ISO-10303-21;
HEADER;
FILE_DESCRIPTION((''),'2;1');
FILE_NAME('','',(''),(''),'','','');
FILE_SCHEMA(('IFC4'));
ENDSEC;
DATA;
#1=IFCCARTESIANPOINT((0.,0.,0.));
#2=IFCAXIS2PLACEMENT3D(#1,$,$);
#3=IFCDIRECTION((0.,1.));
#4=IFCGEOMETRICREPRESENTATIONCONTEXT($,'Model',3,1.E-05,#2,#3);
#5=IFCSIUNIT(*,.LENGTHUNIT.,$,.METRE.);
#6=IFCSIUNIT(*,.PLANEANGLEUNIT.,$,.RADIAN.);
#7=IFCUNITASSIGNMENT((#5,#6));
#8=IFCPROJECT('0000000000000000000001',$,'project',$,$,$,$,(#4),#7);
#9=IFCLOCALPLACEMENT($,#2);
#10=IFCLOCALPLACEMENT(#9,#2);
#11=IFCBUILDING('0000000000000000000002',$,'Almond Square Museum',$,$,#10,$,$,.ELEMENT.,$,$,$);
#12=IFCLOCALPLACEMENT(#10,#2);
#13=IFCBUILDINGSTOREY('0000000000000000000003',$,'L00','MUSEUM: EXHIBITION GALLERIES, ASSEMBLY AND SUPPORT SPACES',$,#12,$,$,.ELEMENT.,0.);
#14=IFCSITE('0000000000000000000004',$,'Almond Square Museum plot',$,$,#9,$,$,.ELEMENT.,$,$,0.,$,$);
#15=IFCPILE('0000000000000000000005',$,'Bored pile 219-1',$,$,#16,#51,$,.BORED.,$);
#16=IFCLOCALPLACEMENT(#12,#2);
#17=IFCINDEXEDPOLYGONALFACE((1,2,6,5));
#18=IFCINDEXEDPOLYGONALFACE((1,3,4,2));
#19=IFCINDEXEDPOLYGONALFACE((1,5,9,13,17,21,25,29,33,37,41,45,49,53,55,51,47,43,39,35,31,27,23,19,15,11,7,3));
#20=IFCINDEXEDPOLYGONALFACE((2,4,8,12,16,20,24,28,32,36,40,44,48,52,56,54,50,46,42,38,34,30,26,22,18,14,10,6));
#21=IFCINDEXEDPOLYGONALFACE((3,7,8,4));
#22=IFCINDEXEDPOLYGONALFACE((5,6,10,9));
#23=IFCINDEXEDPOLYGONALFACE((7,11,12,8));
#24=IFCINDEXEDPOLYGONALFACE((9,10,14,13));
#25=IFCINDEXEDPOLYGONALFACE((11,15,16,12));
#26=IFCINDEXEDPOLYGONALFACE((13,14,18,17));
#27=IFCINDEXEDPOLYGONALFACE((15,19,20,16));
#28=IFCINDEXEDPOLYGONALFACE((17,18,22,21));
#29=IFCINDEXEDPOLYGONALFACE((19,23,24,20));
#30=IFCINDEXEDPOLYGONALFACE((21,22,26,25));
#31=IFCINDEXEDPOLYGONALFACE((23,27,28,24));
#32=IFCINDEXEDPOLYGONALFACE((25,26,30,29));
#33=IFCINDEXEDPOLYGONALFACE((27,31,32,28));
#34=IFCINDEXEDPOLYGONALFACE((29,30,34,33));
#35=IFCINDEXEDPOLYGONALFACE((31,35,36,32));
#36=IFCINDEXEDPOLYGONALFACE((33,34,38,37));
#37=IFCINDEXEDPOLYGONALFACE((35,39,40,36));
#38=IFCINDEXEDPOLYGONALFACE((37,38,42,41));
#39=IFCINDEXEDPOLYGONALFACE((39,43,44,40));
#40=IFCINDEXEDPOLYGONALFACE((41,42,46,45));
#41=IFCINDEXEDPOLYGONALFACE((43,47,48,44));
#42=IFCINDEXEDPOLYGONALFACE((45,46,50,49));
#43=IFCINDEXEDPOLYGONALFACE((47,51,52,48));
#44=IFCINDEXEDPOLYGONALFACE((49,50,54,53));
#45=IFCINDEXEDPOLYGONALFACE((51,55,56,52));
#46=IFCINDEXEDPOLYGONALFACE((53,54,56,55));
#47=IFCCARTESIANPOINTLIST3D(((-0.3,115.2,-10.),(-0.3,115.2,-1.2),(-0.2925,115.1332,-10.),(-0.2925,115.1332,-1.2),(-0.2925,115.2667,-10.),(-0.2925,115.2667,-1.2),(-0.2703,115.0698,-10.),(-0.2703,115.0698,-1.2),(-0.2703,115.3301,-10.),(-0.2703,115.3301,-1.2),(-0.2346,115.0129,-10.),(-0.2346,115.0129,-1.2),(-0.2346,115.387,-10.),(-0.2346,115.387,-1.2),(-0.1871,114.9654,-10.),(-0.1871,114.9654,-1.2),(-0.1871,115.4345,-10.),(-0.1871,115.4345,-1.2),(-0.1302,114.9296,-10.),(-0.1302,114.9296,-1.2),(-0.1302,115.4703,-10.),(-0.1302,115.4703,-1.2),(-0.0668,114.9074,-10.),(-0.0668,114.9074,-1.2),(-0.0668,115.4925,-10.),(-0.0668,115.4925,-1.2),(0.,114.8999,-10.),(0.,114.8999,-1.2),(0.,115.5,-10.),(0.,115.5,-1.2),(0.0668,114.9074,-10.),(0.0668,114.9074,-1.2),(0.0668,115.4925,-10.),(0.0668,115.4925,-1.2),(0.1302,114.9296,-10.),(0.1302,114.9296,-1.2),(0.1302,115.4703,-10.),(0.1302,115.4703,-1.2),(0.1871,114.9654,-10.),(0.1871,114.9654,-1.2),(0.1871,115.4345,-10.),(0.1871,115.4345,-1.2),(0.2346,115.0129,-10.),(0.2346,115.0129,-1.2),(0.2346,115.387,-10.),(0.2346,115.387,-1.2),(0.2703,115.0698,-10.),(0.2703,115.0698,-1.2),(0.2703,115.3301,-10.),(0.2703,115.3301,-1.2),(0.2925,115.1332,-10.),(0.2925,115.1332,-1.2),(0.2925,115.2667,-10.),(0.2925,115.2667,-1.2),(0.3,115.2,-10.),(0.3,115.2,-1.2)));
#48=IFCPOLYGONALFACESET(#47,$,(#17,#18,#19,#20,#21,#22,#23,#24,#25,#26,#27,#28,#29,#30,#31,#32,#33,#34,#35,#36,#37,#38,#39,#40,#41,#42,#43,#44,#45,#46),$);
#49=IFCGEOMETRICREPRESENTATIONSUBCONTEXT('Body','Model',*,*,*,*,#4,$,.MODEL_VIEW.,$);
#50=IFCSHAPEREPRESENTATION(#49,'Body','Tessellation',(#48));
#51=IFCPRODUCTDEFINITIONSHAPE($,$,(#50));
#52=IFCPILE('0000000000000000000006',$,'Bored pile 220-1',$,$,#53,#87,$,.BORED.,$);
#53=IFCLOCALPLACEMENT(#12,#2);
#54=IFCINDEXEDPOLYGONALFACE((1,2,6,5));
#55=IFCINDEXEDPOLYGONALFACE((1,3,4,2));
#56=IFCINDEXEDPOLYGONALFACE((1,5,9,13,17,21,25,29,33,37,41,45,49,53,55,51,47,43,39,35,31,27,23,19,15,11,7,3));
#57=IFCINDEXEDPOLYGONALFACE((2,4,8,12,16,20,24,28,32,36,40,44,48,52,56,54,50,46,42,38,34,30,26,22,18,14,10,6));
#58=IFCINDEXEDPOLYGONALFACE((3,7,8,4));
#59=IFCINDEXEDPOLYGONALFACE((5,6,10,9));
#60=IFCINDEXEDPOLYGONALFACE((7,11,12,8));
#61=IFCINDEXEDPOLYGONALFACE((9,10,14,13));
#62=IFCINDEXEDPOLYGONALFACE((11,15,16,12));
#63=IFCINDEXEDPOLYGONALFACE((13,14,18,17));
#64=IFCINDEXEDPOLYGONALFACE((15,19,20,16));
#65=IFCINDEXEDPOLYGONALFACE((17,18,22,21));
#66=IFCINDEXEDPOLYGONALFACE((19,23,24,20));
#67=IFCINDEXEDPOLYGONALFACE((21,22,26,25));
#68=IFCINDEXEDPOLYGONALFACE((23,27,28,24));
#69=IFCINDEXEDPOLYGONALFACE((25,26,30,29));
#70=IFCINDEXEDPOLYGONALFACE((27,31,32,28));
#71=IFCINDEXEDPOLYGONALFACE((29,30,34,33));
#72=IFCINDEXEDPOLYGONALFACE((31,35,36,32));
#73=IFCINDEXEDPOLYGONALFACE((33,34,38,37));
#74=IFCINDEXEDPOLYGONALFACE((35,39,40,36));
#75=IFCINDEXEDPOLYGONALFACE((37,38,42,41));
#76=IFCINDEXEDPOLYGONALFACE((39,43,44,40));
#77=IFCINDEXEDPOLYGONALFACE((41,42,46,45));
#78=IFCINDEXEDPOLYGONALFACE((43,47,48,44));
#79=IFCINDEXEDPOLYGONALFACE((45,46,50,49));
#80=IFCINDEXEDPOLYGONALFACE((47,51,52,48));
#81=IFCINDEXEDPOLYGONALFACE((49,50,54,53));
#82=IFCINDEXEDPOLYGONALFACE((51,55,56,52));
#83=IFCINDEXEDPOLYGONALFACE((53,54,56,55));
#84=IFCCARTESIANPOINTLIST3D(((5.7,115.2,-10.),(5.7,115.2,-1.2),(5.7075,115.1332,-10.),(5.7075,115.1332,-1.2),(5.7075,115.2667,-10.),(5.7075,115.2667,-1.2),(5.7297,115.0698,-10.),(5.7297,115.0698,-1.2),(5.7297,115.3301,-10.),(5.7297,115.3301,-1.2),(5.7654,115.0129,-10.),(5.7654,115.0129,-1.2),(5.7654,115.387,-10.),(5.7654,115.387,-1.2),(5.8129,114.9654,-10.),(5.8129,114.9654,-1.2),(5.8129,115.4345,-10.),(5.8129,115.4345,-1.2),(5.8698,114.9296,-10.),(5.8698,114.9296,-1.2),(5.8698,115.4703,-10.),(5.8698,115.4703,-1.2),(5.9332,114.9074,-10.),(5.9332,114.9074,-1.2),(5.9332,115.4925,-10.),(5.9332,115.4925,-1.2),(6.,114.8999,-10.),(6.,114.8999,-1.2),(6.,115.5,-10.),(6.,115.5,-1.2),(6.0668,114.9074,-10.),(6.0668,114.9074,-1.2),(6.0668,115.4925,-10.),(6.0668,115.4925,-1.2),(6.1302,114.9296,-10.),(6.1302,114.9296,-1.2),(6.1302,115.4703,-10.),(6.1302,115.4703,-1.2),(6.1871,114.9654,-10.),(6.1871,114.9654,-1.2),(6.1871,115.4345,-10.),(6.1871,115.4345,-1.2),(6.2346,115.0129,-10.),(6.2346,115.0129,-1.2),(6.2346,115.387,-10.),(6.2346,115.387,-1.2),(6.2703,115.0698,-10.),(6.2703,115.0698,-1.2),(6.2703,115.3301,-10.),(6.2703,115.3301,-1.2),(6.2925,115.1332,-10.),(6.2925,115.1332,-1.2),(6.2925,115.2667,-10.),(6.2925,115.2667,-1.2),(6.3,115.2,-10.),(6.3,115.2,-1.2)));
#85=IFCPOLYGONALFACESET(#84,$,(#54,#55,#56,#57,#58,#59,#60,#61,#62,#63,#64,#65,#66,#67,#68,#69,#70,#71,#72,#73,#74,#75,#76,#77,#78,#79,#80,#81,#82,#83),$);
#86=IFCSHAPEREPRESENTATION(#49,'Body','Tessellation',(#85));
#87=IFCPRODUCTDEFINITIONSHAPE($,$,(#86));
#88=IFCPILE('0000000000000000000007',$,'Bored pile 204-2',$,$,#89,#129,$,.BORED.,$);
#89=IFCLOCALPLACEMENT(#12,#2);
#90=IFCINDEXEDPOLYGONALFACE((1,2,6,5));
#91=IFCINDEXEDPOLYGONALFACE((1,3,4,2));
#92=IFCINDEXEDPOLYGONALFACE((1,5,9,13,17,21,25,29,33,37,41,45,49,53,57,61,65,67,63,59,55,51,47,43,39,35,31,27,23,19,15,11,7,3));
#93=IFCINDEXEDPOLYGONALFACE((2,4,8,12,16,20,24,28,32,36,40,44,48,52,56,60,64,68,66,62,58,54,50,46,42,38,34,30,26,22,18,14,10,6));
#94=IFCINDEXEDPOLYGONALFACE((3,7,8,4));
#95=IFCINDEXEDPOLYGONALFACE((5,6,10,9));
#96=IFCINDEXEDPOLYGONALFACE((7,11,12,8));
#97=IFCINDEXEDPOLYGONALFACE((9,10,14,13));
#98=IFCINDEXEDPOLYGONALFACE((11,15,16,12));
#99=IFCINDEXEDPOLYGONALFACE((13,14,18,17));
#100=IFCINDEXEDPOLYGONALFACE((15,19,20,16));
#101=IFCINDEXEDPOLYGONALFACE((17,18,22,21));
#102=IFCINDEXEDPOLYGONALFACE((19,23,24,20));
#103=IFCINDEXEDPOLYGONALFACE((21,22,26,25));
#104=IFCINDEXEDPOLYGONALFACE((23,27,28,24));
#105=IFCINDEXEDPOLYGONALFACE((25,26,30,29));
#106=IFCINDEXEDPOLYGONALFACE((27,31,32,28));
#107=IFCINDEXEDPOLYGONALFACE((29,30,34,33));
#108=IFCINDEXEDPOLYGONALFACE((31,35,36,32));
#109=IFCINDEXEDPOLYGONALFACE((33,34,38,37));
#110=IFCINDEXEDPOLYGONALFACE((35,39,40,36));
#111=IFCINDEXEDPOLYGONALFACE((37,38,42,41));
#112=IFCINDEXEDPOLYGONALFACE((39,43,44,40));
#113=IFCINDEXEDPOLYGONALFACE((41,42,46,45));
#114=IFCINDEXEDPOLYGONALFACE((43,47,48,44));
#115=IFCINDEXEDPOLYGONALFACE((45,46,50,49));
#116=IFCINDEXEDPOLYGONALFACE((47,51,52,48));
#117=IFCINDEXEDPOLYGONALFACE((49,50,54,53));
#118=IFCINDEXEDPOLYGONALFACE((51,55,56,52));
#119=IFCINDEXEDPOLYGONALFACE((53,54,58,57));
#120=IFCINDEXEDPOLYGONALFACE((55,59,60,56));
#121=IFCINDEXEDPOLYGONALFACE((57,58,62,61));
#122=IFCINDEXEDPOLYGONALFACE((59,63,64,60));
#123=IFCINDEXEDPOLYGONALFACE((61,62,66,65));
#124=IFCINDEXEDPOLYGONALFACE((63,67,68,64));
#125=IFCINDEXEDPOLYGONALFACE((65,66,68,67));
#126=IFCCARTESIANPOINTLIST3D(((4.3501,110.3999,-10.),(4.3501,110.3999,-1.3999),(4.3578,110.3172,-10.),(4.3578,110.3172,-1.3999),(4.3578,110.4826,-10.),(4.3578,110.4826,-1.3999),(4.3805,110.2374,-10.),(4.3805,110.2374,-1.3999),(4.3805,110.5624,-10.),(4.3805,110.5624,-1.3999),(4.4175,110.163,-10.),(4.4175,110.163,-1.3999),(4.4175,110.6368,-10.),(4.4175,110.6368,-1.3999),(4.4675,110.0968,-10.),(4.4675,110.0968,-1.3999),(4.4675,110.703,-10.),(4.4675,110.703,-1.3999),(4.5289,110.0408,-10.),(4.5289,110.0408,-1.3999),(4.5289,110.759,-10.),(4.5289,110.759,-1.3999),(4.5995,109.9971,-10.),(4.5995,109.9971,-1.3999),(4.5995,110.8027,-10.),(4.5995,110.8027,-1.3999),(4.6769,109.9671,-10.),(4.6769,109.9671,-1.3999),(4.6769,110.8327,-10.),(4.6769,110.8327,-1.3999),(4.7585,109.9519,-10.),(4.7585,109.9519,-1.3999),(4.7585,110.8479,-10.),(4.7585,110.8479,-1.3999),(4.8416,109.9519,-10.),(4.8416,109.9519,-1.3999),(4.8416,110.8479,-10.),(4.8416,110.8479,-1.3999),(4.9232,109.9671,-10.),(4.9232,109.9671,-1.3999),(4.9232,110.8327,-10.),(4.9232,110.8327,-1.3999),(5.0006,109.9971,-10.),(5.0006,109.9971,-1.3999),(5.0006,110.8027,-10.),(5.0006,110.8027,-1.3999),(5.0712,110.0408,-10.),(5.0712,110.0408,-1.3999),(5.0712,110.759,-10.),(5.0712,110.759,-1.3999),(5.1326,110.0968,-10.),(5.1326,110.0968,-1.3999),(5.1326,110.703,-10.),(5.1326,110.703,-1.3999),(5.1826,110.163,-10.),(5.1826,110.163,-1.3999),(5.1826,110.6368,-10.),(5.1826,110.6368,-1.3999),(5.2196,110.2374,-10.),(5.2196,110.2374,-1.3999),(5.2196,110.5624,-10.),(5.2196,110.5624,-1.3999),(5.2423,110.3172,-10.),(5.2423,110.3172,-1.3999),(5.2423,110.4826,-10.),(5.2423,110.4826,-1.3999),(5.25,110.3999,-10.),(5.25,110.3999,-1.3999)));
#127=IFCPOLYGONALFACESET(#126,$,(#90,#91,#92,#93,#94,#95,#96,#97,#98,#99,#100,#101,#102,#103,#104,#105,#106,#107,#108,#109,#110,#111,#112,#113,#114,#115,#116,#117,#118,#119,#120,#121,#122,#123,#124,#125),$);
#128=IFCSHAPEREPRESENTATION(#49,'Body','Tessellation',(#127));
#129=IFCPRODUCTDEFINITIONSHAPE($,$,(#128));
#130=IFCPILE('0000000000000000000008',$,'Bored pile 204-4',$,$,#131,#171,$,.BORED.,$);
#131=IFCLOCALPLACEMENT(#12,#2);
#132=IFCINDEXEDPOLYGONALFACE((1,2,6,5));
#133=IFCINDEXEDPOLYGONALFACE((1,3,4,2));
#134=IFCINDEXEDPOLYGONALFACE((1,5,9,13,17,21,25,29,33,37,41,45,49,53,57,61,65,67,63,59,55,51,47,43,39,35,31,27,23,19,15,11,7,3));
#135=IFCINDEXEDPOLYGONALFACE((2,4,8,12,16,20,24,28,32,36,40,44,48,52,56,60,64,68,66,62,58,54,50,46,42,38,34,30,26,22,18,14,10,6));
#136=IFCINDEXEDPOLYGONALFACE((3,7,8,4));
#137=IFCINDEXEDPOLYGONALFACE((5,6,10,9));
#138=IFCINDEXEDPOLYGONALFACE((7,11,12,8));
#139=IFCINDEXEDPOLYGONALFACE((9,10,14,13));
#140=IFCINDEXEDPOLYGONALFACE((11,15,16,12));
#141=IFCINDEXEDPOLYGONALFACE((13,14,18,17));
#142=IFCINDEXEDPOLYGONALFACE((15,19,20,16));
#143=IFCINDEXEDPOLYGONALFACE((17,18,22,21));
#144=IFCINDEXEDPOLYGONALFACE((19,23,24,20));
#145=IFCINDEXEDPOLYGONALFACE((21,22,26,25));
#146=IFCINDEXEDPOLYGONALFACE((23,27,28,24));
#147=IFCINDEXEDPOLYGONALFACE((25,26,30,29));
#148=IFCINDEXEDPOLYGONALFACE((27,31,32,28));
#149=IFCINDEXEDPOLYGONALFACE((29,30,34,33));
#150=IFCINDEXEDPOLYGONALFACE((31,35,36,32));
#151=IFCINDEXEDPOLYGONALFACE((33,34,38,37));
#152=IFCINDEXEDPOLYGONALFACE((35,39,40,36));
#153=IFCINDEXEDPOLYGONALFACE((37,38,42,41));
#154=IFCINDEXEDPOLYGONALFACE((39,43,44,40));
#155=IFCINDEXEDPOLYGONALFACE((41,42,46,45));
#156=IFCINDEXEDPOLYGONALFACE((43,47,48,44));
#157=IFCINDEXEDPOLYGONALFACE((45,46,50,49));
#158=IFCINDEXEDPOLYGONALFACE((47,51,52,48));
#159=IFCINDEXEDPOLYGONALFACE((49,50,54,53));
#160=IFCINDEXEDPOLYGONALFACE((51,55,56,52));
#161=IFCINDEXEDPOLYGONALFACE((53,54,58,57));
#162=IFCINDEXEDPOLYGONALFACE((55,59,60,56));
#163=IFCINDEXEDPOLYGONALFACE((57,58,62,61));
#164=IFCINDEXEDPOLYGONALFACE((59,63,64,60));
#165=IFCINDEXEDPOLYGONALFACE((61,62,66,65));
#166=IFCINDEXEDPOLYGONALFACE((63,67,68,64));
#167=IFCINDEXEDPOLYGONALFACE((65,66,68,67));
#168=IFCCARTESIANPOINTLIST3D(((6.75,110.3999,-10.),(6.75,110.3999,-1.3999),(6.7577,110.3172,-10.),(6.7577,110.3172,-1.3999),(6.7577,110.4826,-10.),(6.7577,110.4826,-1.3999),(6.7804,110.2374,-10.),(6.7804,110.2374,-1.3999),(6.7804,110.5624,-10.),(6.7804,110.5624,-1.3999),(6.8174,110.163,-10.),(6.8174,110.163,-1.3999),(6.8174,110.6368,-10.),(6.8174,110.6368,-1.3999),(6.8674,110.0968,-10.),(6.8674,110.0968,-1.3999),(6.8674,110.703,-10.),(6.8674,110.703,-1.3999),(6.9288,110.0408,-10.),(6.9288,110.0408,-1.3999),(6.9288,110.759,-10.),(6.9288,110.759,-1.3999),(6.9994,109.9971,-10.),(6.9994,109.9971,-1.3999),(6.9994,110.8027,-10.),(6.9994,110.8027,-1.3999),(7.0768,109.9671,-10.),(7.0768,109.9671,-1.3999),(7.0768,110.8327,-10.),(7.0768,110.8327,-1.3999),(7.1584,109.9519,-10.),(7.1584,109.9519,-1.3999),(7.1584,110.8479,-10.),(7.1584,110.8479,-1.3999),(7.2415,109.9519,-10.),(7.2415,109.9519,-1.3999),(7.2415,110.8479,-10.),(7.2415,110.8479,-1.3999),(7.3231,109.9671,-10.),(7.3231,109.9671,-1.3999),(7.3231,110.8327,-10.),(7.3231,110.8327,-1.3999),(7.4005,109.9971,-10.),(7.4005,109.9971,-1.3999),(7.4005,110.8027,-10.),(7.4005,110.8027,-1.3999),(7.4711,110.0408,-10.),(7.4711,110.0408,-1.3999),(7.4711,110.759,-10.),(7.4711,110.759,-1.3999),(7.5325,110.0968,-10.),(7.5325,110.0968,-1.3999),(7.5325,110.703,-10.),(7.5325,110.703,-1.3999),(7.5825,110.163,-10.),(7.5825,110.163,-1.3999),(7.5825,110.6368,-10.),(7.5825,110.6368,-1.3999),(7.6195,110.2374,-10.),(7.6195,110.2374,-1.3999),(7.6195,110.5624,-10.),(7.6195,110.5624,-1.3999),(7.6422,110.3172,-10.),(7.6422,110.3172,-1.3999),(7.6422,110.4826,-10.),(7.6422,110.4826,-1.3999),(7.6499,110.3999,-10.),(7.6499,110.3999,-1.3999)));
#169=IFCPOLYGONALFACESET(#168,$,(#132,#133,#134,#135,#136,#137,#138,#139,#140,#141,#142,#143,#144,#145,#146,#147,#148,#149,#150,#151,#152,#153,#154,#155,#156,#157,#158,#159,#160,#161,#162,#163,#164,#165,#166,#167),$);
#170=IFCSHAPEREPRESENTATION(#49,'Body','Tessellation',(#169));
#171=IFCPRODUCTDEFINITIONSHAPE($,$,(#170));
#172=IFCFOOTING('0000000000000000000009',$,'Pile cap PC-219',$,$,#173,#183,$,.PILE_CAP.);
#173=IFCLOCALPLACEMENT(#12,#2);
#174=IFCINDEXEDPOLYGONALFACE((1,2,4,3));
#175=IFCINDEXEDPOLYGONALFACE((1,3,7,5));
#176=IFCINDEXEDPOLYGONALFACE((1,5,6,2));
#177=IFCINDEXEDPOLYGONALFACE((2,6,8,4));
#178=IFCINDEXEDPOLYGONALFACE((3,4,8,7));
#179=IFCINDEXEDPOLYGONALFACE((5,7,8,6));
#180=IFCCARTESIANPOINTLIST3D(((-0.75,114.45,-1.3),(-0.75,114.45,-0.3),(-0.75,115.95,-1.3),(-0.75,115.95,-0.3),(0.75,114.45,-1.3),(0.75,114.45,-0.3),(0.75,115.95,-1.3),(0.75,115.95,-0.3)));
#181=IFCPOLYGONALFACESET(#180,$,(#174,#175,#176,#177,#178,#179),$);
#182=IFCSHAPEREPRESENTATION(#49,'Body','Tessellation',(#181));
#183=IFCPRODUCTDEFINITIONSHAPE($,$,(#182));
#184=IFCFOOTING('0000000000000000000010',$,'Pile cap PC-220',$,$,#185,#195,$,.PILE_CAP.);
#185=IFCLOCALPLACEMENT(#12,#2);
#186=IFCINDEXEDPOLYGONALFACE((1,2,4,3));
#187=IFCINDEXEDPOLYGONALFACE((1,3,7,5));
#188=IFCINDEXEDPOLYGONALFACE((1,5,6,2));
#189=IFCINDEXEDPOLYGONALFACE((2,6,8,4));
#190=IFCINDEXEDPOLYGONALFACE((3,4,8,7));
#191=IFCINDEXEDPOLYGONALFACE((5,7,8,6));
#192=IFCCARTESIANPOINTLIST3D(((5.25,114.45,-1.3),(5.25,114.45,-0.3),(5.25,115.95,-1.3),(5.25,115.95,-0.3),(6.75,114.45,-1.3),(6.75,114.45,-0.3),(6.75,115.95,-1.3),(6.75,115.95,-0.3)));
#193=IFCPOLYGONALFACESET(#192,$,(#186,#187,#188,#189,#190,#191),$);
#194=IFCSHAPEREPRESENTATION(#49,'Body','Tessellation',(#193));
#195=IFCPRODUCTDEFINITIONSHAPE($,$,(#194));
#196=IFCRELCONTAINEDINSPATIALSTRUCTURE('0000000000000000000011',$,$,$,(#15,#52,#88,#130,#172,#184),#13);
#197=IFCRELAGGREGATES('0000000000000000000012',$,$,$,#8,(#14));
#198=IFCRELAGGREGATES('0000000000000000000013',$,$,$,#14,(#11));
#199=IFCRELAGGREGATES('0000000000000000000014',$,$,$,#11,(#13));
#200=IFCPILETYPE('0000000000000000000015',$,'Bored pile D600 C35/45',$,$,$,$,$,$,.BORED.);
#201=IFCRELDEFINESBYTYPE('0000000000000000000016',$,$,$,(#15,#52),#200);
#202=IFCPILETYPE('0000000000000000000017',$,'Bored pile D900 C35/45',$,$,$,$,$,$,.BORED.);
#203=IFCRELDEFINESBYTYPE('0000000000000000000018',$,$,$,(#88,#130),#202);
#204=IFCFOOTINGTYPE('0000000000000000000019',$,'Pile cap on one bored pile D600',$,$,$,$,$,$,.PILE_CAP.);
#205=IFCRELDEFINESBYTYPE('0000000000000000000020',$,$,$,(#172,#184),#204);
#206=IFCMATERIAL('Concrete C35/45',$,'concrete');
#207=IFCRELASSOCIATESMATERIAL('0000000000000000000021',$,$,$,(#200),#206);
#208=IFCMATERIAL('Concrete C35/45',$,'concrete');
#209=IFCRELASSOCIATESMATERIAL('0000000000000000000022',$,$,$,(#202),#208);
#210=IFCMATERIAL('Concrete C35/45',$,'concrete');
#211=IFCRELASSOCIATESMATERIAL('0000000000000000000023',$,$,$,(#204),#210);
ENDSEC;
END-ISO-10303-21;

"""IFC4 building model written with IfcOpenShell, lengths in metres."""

from ifc_helpers import new_model, si_unit, direction, frame, origin, origin_2d, place, context, subcontext, project, spatial, rectangle, circle, extrude, material, material_profile, profile_set, type_object, element, save


model = new_model("IFC4")

# Units and contexts
model_context = context("Model", 3, precision=1e-05, world=origin(), true_north=direction((0.0, 1.0)))
body_context = subcontext(model_context, "Body", "Model", "MODEL_VIEW")
ifc_project = project(units=[si_unit("LENGTHUNIT", "METRE"), si_unit("PLANEANGLEUNIT", "RADIAN")], contexts=[model_context])

# Site, building, storey
site_placement = place(None, origin())
site = spatial("IfcSite", under=ifc_project, at=site_placement, Name="Almond Square Museum plot", CompositionType="ELEMENT", RefElevation=0.0)
building_placement = place(site_placement, origin())
building = spatial("IfcBuilding", under=site, at=building_placement, Name="Almond Square Museum", CompositionType="ELEMENT")
storey_placement = place(building_placement, origin())
storey = spatial("IfcBuildingStorey", under=building, at=storey_placement, Name="L00", Description="MUSEUM: EXHIBITION GALLERIES, ASSEMBLY AND SUPPORT SPACES", CompositionType="ELEMENT", Elevation=0.0)

# Piles
ifc_material_1 = material(Name="Concrete C35/45", Category="concrete")
ifc_material_profile_1 = material_profile(ifc_material_1, circle(Radius=0.3, at=origin_2d()))
ifc_profile_set_1 = profile_set([ifc_material_profile_1], Name="Concrete C35/45")
pile_type_1 = type_object("IfcPileType", Name="Bored pile D600 C35/45", PredefinedType="BORED", material=ifc_profile_set_1)
for number, where, z_axis, x_axis, name in (
    (1, (0.0, 115.2, -1.2), (0.0, 0.0, -1.0), (1.0, 0.0, 0.0), "Bored pile 219-1"),
    (2, (6.0, 115.2, -1.2), (0.0, 0.0, -1.0), (1.0, 0.0, 0.0), "Bored pile 220-1"),
):
    element("IfcPile", number, at=place(storey_placement, frame(where, z_axis=z_axis, x_axis=x_axis)), inside=storey, type_object=pile_type_1, Name=name, PredefinedType="BORED", context=body_context, shape_type="SweptSolid", body=[
        extrude(circle(Radius=0.3, at=origin_2d()), origin(), (0.0, 0.0, 1.0), 8.8),
    ])
ifc_material_2 = material(Name="Concrete C35/45", Category="concrete")
ifc_material_profile_2 = material_profile(ifc_material_2, circle(Radius=0.45, at=origin_2d()))
ifc_profile_set_2 = profile_set([ifc_material_profile_2], Name="Concrete C35/45")
pile_type_2 = type_object("IfcPileType", Name="Bored pile D900 C35/45", PredefinedType="BORED", material=ifc_profile_set_2)
for number, where, z_axis, x_axis, name in (
    (3, (4.8, 110.3999, -1.3999), (0.0, 0.0, -1.0), (1.0, 0.0, 0.0), "Bored pile 204-2"),
    (4, (7.2, 110.3999, -1.3999), (0.0, 0.0, -1.0), (1.0, 0.0, 0.0), "Bored pile 204-4"),
):
    element("IfcPile", number, at=place(storey_placement, frame(where, z_axis=z_axis, x_axis=x_axis)), inside=storey, type_object=pile_type_2, Name=name, PredefinedType="BORED", context=body_context, shape_type="SweptSolid", body=[
        extrude(circle(Radius=0.45, at=origin_2d()), origin(), (0.0, 0.0, 1.0), 8.6001),
    ])

# Footings
ifc_material_3 = material(Name="Concrete C35/45", Category="concrete")
footing_type = type_object("IfcFootingType", Name="Pile cap on one bored pile D600", PredefinedType="PILE_CAP", material=ifc_material_3)
for number, where, z_axis, x_axis, name in (
    (5, (0.0, 115.2, -1.3), (0.0, 0.0, 1.0), (1.0, 0.0, 0.0), "Pile cap PC-219"),
    (6, (6.0, 115.2, -1.3), (0.0, 0.0, 1.0), (1.0, 0.0, 0.0), "Pile cap PC-220"),
):
    element("IfcFooting", number, at=place(storey_placement, frame(where, z_axis=z_axis, x_axis=x_axis)), inside=storey, type_object=footing_type, Name=name, PredefinedType="PILE_CAP", context=body_context, shape_type="SweptSolid", body=[
        extrude(rectangle(XDim=1.5, YDim=1.5, at=origin_2d()), origin(), (0.0, 0.0, 1.0), 1.0),
    ])

save(model, "model.ifc")
